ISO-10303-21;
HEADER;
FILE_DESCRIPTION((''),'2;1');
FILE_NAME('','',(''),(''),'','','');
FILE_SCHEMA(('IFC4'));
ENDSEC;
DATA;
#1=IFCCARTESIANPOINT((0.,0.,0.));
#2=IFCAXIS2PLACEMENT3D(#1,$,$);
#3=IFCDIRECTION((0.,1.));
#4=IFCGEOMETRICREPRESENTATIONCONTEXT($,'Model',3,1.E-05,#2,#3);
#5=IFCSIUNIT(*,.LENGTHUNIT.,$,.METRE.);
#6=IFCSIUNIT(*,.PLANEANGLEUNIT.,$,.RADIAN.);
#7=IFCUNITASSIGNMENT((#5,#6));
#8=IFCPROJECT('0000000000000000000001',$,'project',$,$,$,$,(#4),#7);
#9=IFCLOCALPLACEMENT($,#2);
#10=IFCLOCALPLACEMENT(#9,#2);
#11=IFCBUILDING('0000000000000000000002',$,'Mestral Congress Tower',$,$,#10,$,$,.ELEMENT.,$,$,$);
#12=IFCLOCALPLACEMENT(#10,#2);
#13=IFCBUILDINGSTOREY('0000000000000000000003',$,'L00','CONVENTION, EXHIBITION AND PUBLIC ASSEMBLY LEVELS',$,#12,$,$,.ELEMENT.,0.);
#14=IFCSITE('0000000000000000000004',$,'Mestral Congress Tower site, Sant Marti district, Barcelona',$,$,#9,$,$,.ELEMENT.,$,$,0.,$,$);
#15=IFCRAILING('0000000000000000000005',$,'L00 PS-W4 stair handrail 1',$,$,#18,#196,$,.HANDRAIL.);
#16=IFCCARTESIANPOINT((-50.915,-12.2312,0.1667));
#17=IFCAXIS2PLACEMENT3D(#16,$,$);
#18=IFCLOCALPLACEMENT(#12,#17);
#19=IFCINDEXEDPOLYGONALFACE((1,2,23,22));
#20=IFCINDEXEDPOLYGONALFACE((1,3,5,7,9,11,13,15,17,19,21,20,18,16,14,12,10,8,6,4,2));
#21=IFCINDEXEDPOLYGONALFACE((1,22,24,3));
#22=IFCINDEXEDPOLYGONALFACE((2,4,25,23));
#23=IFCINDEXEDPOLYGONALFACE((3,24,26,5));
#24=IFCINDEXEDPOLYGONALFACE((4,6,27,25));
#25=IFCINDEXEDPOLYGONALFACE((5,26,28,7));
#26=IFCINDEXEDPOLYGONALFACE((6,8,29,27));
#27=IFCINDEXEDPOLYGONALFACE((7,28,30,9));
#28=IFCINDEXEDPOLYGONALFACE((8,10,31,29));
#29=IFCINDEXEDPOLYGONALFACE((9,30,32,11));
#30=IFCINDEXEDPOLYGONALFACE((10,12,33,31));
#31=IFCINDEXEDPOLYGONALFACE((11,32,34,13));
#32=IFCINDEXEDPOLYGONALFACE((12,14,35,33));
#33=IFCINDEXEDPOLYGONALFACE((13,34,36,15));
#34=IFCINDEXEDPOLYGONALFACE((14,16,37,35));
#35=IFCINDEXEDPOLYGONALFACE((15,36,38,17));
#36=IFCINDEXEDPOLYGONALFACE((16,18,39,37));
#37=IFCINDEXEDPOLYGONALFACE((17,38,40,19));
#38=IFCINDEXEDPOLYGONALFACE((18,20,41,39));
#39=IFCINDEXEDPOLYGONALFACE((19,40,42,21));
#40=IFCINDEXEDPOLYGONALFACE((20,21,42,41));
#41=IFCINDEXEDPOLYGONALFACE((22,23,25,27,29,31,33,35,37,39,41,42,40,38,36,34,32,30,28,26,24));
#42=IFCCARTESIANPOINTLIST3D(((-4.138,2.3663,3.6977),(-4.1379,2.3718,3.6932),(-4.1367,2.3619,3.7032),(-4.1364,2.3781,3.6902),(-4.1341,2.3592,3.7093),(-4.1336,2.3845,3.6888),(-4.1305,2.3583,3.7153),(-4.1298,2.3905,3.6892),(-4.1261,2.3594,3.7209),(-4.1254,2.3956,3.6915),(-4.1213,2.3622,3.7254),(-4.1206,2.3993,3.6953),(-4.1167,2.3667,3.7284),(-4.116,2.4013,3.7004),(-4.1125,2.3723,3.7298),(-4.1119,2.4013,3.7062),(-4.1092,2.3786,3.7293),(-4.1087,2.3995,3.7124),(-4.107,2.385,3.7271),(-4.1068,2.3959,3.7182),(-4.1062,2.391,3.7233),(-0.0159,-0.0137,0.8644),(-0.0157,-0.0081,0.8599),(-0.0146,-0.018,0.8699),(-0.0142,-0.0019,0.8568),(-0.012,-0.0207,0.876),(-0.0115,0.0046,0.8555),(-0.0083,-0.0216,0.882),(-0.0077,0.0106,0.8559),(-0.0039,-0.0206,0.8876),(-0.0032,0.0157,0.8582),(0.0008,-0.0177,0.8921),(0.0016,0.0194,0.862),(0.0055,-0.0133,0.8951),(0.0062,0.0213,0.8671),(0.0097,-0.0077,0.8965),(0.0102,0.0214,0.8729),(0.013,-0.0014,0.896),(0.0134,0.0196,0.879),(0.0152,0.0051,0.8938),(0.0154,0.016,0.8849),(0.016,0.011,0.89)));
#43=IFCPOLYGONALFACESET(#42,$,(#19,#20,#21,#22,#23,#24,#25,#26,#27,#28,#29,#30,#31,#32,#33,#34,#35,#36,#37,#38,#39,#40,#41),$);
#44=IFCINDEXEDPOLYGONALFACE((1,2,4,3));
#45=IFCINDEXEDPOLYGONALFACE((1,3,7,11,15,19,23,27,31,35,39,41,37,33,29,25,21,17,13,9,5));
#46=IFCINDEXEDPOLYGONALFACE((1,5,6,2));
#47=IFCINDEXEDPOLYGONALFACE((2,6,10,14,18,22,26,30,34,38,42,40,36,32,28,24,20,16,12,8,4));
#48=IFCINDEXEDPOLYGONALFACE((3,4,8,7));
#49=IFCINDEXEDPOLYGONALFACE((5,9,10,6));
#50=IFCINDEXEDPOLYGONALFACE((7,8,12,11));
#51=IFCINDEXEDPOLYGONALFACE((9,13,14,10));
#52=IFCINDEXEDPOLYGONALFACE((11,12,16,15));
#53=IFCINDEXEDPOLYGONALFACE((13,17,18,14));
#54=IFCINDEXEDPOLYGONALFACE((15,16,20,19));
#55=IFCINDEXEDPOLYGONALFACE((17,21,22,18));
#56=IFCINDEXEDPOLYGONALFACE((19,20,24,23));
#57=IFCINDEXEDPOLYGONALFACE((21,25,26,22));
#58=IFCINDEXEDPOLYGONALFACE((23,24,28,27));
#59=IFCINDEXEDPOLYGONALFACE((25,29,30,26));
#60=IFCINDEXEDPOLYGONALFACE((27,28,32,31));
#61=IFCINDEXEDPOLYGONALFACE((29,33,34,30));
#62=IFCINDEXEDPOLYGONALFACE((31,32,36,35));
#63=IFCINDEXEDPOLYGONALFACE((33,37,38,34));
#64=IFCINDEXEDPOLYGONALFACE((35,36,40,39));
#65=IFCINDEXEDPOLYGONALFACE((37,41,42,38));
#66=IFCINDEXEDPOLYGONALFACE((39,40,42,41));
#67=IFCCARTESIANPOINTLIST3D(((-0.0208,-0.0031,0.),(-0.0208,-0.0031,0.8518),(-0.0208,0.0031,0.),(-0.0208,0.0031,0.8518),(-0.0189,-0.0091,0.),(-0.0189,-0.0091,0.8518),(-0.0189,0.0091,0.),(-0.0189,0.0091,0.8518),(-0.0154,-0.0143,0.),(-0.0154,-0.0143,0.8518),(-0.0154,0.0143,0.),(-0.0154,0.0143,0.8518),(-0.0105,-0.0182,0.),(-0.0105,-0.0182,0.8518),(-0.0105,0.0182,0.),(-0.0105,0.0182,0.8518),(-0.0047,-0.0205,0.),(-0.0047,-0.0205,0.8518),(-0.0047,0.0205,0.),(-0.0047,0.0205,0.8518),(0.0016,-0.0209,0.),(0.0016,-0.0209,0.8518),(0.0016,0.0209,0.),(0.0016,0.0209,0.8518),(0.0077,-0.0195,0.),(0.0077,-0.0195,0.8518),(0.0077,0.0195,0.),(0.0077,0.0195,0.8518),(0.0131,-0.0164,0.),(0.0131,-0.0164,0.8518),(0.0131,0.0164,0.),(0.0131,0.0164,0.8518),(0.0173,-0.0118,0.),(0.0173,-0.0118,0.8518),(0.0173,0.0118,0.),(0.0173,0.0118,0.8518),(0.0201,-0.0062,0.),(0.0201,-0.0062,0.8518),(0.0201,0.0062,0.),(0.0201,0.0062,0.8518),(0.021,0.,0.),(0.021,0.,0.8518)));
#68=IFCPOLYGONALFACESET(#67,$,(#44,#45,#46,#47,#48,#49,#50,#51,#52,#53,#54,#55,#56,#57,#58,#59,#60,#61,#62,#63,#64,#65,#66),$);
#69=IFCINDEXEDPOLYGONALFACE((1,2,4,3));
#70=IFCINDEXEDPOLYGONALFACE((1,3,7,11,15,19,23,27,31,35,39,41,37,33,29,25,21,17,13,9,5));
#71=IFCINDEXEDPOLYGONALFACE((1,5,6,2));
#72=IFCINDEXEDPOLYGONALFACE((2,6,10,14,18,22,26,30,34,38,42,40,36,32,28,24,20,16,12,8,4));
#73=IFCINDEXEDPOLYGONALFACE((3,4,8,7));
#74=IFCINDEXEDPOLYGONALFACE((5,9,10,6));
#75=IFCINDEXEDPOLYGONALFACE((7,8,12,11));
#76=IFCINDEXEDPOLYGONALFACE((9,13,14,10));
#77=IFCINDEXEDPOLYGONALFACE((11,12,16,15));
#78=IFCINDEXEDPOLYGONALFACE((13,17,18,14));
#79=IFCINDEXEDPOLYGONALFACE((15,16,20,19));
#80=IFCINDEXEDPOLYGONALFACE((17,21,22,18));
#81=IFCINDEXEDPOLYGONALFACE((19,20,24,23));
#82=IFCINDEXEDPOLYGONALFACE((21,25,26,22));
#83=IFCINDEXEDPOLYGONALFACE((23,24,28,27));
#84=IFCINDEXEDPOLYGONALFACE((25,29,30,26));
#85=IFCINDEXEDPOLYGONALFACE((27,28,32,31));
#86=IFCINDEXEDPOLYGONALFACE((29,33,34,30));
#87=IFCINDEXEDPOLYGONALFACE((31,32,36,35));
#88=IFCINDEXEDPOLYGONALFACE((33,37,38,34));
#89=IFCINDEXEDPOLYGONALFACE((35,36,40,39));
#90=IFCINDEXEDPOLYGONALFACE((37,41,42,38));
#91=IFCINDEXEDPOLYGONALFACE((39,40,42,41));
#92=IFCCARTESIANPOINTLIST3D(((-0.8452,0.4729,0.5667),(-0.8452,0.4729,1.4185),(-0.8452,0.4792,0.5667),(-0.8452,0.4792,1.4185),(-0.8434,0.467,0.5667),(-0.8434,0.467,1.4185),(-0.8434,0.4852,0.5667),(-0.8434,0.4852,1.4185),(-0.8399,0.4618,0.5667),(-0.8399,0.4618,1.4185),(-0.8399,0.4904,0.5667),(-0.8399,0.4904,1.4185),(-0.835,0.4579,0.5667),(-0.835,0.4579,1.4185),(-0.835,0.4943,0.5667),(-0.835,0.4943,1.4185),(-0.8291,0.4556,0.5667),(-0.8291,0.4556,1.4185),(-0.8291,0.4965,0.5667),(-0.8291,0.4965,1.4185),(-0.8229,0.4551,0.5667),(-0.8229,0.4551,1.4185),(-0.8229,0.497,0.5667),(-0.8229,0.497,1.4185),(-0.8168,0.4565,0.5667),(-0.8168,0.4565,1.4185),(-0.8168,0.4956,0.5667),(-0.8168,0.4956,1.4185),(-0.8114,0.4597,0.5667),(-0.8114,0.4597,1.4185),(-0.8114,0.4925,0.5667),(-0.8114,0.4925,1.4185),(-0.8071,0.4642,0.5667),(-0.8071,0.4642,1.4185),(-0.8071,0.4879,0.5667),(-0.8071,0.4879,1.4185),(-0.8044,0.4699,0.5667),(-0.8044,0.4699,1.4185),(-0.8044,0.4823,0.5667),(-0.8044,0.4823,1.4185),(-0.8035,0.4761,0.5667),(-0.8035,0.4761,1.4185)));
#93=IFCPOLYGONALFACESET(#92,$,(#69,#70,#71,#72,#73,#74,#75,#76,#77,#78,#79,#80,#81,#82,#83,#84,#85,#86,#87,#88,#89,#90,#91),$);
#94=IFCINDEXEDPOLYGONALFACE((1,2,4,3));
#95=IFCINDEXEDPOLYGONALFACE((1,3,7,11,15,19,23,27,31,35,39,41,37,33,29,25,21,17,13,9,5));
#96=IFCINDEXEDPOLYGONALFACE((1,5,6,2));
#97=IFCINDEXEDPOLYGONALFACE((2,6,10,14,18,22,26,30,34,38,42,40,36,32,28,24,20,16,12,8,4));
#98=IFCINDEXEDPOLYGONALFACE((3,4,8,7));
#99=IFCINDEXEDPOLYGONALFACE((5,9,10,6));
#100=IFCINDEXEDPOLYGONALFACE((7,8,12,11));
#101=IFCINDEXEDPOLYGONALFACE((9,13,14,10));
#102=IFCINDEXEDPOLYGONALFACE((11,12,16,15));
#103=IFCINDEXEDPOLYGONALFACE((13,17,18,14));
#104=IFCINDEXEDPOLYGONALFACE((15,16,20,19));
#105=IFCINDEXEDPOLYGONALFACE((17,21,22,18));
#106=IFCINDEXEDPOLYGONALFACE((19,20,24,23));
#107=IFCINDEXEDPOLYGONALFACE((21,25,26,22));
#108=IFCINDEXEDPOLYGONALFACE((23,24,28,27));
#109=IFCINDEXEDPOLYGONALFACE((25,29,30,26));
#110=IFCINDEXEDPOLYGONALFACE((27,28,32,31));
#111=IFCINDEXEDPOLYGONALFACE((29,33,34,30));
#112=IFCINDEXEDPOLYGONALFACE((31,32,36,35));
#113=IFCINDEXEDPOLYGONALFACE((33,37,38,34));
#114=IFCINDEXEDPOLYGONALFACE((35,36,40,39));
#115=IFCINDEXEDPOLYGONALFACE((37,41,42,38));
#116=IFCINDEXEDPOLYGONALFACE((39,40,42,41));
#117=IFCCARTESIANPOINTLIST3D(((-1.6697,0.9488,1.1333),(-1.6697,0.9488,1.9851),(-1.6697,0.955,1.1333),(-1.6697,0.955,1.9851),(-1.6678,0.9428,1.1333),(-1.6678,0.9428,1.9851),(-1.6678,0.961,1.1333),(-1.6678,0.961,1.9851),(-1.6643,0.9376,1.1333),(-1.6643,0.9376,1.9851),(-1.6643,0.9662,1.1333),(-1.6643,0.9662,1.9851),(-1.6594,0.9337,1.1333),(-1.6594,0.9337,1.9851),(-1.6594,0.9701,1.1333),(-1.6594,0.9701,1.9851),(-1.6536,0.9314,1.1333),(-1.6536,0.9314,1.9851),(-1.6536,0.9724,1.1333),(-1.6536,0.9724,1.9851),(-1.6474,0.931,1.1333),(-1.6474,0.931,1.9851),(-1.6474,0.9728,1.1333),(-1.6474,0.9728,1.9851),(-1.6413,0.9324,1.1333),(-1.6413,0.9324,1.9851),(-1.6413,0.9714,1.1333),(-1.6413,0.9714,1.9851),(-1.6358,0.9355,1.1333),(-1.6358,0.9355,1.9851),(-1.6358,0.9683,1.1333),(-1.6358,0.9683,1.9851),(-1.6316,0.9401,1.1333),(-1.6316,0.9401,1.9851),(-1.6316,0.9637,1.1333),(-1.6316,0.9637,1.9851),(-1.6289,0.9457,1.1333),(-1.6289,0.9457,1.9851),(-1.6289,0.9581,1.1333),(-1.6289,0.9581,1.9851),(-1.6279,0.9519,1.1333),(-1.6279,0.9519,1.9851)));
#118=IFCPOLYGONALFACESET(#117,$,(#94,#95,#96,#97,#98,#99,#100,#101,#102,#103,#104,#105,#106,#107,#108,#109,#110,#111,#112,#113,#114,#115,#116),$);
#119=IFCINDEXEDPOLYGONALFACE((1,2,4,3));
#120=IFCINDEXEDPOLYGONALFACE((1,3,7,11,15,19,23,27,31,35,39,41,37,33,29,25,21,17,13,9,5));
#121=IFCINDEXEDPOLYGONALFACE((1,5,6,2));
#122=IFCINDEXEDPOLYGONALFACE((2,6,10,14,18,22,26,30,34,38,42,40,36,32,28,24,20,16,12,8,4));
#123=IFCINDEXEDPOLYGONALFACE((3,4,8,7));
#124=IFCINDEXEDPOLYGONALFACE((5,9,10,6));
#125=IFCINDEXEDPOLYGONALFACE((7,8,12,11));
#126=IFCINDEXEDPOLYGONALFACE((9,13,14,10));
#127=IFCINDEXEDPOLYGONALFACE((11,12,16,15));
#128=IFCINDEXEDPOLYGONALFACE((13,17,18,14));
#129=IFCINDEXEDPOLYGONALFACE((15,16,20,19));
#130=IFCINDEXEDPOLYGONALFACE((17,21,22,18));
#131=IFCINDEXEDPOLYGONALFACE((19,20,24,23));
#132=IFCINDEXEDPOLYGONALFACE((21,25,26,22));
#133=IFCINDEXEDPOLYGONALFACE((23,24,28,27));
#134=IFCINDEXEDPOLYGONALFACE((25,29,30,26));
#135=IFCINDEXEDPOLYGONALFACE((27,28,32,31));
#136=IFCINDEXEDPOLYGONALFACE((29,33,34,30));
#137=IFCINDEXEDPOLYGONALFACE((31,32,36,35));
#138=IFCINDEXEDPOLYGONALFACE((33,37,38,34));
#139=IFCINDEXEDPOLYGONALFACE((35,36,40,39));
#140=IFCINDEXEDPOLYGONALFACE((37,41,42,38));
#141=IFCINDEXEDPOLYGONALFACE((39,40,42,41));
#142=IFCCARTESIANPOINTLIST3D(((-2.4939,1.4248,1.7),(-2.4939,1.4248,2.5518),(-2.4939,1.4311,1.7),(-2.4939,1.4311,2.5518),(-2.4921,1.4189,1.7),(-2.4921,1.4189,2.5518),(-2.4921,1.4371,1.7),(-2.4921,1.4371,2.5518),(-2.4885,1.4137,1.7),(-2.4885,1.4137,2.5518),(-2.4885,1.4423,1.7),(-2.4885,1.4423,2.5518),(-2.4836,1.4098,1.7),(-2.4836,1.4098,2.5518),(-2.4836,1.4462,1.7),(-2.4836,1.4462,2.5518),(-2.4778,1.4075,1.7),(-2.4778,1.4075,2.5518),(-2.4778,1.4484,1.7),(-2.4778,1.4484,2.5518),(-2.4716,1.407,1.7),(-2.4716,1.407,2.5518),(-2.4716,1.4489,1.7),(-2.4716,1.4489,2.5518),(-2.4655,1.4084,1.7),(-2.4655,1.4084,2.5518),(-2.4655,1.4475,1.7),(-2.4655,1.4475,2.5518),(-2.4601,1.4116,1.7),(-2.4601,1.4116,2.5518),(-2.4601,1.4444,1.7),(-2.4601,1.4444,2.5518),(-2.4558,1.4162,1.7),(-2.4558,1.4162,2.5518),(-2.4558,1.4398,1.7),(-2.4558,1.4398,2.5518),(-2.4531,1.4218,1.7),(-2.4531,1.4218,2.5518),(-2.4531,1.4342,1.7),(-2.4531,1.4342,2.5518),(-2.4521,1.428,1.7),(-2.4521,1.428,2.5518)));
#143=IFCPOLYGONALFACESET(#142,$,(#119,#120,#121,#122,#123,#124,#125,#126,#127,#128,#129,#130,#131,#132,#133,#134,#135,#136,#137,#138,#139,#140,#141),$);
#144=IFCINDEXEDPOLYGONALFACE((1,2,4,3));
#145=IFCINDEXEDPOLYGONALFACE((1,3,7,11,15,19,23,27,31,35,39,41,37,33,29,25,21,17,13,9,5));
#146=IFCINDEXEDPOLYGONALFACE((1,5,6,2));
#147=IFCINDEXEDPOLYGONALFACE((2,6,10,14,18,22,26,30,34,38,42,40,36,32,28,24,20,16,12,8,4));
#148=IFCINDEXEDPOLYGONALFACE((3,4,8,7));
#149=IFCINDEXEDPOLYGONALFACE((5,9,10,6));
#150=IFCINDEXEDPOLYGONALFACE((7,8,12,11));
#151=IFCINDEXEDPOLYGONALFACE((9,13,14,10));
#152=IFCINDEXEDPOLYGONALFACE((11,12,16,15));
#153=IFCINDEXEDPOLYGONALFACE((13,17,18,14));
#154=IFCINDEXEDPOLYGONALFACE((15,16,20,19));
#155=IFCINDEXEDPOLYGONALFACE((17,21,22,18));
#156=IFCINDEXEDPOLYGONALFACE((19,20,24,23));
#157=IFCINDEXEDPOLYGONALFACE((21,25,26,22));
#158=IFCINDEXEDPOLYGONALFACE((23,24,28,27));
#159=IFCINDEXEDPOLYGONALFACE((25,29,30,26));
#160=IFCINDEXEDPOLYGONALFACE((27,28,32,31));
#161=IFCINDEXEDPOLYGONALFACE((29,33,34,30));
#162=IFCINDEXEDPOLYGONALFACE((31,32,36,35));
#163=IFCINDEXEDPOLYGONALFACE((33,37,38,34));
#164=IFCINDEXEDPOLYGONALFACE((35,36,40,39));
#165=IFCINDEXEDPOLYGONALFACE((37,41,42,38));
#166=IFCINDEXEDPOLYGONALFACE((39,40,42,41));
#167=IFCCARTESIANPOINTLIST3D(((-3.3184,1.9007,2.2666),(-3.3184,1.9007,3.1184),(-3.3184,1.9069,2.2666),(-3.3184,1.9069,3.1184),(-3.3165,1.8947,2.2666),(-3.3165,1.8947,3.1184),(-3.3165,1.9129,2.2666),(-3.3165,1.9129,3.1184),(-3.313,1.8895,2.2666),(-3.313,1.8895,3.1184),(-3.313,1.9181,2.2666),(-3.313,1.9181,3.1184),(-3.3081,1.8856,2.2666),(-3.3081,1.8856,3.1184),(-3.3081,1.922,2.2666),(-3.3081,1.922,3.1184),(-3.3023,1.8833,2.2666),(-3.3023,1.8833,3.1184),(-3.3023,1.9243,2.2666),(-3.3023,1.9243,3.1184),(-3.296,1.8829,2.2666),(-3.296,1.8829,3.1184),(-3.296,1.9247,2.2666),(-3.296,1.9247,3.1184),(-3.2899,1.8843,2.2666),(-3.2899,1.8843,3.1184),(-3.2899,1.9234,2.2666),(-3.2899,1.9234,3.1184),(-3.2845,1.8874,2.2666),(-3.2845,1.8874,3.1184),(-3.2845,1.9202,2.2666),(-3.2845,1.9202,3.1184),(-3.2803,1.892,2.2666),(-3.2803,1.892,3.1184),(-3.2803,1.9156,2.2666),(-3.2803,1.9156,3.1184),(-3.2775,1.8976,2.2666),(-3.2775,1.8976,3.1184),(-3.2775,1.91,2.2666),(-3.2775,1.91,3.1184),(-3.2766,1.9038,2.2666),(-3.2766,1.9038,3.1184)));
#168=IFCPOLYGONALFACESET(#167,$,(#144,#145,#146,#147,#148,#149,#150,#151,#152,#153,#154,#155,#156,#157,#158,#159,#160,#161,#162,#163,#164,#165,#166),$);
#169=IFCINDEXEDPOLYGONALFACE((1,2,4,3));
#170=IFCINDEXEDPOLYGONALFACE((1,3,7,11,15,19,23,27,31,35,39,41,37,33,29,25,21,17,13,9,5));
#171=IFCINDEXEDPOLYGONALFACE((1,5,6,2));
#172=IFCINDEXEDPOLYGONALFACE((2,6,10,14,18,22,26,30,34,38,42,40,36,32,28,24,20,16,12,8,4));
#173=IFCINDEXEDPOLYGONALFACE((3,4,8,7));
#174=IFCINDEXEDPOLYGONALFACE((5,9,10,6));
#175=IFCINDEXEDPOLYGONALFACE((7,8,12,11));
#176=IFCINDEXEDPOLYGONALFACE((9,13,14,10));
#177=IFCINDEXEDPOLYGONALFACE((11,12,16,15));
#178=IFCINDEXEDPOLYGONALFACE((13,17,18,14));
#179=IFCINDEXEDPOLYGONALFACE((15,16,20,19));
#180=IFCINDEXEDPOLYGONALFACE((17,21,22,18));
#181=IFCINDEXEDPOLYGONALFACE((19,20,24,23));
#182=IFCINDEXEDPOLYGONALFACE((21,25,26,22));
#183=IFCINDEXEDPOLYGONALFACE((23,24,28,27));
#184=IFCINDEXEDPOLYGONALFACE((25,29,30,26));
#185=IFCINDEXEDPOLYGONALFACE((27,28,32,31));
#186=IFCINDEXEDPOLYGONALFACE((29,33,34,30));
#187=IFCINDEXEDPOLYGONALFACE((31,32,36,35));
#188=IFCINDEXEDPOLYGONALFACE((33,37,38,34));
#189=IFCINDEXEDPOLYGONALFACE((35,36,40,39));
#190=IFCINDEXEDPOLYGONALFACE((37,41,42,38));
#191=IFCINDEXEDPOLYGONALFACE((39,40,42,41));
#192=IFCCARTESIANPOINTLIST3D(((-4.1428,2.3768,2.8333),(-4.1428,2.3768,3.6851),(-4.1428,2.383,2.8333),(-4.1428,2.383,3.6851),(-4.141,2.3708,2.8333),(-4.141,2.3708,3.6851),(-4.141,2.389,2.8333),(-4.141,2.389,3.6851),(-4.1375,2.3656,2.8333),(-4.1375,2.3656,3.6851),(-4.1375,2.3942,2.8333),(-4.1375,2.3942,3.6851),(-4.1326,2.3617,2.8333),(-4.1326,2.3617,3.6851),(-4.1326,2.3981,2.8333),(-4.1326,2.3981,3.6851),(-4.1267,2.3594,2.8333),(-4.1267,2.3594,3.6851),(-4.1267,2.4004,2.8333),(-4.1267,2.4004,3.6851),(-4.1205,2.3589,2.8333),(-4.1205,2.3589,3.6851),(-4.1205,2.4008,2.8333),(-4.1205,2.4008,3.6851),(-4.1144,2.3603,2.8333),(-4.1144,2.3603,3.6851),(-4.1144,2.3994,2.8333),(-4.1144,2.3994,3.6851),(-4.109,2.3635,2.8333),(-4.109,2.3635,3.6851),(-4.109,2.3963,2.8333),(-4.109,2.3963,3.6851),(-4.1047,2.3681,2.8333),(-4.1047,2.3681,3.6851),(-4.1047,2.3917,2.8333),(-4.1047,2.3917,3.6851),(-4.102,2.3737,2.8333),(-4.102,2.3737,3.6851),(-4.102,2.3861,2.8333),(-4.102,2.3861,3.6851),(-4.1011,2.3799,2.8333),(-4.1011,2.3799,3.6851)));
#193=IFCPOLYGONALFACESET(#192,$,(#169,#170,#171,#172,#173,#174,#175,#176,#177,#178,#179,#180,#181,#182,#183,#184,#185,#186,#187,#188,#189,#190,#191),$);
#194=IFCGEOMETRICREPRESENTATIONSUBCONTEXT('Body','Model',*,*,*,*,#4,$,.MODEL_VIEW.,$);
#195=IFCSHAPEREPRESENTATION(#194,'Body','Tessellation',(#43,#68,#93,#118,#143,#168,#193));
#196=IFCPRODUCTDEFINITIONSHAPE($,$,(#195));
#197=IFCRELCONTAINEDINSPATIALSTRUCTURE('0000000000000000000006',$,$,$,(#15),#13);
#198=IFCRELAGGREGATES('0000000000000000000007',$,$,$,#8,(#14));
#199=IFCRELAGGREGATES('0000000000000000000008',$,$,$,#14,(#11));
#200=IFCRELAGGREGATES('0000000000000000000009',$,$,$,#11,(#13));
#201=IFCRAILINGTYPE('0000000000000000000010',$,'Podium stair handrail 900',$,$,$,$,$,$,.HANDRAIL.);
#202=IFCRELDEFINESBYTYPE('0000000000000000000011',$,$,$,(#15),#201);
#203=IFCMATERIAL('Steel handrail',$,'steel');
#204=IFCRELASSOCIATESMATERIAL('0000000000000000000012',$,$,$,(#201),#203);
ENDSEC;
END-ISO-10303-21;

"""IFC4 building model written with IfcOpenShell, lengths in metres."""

from ifc_helpers import new_model, si_unit, direction, frame, origin, origin_2d, place, context, subcontext, project, spatial, circle, extrude, material, type_object, element, save


model = new_model("IFC4")

# Units and contexts
model_context = context("Model", 3, precision=1e-05, world=origin(), true_north=direction((0.0, 1.0)))
body_context = subcontext(model_context, "Body", "Model", "MODEL_VIEW")
ifc_project = project(units=[si_unit("LENGTHUNIT", "METRE"), si_unit("PLANEANGLEUNIT", "RADIAN")], contexts=[model_context])

# Site, building, storey
site_placement = place(None, origin())
site = spatial("IfcSite", under=ifc_project, at=site_placement, Name="Mestral Congress Tower site, Sant Marti district, Barcelona", CompositionType="ELEMENT", RefElevation=0.0)
building_placement = place(site_placement, origin())
building = spatial("IfcBuilding", under=site, at=building_placement, Name="Mestral Congress Tower", CompositionType="ELEMENT")
storey_placement = place(building_placement, origin())
storey = spatial("IfcBuildingStorey", under=building, at=storey_placement, Name="L00", Description="CONVENTION, EXHIBITION AND PUBLIC ASSEMBLY LEVELS", CompositionType="ELEMENT", Elevation=0.0)

# Railing
ifc_material_1 = material(Name="Steel handrail", Category="steel")
railing_type_1 = type_object("IfcRailingType", Name="Podium stair handrail 900", PredefinedType="HANDRAIL", material=ifc_material_1)
railing_1_placement = place(storey_placement, frame((-50.915, -12.2312, 0.1667)))
element("IfcRailing", 1, at=railing_1_placement, inside=storey, type_object=railing_type_1, Name="L00 PS-W4 stair handrail 1", PredefinedType="HANDRAIL", context=body_context, shape_type="SweptSolid", body=[
    extrude(circle(Radius=0.0239, at=origin_2d()), frame((0.0, 0.0, 0.876), z_axis=(-0.744165, 0.429645, 0.511492), x_axis=(-0.500001, -0.866025, 0.0)), (0.0, 0.0, 1.0), 5.5393),
    extrude(circle(Radius=0.021, at=origin_2d()), origin(), (0.0, 0.0, 1.0), 0.8518),
    extrude(circle(Radius=0.021, at=origin_2d()), frame((-0.8245, 0.4761, 0.5667)), (0.0, 0.0, 1.0), 0.8518),
    extrude(circle(Radius=0.021, at=origin_2d()), frame((-1.6489, 0.9519, 1.1333)), (0.0, 0.0, 1.0), 0.8518),
    extrude(circle(Radius=0.021, at=origin_2d()), frame((-2.4731, 1.428, 1.7)), (0.0, 0.0, 1.0), 0.8518),
    extrude(circle(Radius=0.021, at=origin_2d()), frame((-3.2976, 1.9038, 2.2666)), (0.0, 0.0, 1.0), 0.8518),
    extrude(circle(Radius=0.021, at=origin_2d()), frame((-4.1221, 2.3799, 2.8333)), (0.0, 0.0, 1.0), 0.8518),
])

save(model, "model.ifc")
